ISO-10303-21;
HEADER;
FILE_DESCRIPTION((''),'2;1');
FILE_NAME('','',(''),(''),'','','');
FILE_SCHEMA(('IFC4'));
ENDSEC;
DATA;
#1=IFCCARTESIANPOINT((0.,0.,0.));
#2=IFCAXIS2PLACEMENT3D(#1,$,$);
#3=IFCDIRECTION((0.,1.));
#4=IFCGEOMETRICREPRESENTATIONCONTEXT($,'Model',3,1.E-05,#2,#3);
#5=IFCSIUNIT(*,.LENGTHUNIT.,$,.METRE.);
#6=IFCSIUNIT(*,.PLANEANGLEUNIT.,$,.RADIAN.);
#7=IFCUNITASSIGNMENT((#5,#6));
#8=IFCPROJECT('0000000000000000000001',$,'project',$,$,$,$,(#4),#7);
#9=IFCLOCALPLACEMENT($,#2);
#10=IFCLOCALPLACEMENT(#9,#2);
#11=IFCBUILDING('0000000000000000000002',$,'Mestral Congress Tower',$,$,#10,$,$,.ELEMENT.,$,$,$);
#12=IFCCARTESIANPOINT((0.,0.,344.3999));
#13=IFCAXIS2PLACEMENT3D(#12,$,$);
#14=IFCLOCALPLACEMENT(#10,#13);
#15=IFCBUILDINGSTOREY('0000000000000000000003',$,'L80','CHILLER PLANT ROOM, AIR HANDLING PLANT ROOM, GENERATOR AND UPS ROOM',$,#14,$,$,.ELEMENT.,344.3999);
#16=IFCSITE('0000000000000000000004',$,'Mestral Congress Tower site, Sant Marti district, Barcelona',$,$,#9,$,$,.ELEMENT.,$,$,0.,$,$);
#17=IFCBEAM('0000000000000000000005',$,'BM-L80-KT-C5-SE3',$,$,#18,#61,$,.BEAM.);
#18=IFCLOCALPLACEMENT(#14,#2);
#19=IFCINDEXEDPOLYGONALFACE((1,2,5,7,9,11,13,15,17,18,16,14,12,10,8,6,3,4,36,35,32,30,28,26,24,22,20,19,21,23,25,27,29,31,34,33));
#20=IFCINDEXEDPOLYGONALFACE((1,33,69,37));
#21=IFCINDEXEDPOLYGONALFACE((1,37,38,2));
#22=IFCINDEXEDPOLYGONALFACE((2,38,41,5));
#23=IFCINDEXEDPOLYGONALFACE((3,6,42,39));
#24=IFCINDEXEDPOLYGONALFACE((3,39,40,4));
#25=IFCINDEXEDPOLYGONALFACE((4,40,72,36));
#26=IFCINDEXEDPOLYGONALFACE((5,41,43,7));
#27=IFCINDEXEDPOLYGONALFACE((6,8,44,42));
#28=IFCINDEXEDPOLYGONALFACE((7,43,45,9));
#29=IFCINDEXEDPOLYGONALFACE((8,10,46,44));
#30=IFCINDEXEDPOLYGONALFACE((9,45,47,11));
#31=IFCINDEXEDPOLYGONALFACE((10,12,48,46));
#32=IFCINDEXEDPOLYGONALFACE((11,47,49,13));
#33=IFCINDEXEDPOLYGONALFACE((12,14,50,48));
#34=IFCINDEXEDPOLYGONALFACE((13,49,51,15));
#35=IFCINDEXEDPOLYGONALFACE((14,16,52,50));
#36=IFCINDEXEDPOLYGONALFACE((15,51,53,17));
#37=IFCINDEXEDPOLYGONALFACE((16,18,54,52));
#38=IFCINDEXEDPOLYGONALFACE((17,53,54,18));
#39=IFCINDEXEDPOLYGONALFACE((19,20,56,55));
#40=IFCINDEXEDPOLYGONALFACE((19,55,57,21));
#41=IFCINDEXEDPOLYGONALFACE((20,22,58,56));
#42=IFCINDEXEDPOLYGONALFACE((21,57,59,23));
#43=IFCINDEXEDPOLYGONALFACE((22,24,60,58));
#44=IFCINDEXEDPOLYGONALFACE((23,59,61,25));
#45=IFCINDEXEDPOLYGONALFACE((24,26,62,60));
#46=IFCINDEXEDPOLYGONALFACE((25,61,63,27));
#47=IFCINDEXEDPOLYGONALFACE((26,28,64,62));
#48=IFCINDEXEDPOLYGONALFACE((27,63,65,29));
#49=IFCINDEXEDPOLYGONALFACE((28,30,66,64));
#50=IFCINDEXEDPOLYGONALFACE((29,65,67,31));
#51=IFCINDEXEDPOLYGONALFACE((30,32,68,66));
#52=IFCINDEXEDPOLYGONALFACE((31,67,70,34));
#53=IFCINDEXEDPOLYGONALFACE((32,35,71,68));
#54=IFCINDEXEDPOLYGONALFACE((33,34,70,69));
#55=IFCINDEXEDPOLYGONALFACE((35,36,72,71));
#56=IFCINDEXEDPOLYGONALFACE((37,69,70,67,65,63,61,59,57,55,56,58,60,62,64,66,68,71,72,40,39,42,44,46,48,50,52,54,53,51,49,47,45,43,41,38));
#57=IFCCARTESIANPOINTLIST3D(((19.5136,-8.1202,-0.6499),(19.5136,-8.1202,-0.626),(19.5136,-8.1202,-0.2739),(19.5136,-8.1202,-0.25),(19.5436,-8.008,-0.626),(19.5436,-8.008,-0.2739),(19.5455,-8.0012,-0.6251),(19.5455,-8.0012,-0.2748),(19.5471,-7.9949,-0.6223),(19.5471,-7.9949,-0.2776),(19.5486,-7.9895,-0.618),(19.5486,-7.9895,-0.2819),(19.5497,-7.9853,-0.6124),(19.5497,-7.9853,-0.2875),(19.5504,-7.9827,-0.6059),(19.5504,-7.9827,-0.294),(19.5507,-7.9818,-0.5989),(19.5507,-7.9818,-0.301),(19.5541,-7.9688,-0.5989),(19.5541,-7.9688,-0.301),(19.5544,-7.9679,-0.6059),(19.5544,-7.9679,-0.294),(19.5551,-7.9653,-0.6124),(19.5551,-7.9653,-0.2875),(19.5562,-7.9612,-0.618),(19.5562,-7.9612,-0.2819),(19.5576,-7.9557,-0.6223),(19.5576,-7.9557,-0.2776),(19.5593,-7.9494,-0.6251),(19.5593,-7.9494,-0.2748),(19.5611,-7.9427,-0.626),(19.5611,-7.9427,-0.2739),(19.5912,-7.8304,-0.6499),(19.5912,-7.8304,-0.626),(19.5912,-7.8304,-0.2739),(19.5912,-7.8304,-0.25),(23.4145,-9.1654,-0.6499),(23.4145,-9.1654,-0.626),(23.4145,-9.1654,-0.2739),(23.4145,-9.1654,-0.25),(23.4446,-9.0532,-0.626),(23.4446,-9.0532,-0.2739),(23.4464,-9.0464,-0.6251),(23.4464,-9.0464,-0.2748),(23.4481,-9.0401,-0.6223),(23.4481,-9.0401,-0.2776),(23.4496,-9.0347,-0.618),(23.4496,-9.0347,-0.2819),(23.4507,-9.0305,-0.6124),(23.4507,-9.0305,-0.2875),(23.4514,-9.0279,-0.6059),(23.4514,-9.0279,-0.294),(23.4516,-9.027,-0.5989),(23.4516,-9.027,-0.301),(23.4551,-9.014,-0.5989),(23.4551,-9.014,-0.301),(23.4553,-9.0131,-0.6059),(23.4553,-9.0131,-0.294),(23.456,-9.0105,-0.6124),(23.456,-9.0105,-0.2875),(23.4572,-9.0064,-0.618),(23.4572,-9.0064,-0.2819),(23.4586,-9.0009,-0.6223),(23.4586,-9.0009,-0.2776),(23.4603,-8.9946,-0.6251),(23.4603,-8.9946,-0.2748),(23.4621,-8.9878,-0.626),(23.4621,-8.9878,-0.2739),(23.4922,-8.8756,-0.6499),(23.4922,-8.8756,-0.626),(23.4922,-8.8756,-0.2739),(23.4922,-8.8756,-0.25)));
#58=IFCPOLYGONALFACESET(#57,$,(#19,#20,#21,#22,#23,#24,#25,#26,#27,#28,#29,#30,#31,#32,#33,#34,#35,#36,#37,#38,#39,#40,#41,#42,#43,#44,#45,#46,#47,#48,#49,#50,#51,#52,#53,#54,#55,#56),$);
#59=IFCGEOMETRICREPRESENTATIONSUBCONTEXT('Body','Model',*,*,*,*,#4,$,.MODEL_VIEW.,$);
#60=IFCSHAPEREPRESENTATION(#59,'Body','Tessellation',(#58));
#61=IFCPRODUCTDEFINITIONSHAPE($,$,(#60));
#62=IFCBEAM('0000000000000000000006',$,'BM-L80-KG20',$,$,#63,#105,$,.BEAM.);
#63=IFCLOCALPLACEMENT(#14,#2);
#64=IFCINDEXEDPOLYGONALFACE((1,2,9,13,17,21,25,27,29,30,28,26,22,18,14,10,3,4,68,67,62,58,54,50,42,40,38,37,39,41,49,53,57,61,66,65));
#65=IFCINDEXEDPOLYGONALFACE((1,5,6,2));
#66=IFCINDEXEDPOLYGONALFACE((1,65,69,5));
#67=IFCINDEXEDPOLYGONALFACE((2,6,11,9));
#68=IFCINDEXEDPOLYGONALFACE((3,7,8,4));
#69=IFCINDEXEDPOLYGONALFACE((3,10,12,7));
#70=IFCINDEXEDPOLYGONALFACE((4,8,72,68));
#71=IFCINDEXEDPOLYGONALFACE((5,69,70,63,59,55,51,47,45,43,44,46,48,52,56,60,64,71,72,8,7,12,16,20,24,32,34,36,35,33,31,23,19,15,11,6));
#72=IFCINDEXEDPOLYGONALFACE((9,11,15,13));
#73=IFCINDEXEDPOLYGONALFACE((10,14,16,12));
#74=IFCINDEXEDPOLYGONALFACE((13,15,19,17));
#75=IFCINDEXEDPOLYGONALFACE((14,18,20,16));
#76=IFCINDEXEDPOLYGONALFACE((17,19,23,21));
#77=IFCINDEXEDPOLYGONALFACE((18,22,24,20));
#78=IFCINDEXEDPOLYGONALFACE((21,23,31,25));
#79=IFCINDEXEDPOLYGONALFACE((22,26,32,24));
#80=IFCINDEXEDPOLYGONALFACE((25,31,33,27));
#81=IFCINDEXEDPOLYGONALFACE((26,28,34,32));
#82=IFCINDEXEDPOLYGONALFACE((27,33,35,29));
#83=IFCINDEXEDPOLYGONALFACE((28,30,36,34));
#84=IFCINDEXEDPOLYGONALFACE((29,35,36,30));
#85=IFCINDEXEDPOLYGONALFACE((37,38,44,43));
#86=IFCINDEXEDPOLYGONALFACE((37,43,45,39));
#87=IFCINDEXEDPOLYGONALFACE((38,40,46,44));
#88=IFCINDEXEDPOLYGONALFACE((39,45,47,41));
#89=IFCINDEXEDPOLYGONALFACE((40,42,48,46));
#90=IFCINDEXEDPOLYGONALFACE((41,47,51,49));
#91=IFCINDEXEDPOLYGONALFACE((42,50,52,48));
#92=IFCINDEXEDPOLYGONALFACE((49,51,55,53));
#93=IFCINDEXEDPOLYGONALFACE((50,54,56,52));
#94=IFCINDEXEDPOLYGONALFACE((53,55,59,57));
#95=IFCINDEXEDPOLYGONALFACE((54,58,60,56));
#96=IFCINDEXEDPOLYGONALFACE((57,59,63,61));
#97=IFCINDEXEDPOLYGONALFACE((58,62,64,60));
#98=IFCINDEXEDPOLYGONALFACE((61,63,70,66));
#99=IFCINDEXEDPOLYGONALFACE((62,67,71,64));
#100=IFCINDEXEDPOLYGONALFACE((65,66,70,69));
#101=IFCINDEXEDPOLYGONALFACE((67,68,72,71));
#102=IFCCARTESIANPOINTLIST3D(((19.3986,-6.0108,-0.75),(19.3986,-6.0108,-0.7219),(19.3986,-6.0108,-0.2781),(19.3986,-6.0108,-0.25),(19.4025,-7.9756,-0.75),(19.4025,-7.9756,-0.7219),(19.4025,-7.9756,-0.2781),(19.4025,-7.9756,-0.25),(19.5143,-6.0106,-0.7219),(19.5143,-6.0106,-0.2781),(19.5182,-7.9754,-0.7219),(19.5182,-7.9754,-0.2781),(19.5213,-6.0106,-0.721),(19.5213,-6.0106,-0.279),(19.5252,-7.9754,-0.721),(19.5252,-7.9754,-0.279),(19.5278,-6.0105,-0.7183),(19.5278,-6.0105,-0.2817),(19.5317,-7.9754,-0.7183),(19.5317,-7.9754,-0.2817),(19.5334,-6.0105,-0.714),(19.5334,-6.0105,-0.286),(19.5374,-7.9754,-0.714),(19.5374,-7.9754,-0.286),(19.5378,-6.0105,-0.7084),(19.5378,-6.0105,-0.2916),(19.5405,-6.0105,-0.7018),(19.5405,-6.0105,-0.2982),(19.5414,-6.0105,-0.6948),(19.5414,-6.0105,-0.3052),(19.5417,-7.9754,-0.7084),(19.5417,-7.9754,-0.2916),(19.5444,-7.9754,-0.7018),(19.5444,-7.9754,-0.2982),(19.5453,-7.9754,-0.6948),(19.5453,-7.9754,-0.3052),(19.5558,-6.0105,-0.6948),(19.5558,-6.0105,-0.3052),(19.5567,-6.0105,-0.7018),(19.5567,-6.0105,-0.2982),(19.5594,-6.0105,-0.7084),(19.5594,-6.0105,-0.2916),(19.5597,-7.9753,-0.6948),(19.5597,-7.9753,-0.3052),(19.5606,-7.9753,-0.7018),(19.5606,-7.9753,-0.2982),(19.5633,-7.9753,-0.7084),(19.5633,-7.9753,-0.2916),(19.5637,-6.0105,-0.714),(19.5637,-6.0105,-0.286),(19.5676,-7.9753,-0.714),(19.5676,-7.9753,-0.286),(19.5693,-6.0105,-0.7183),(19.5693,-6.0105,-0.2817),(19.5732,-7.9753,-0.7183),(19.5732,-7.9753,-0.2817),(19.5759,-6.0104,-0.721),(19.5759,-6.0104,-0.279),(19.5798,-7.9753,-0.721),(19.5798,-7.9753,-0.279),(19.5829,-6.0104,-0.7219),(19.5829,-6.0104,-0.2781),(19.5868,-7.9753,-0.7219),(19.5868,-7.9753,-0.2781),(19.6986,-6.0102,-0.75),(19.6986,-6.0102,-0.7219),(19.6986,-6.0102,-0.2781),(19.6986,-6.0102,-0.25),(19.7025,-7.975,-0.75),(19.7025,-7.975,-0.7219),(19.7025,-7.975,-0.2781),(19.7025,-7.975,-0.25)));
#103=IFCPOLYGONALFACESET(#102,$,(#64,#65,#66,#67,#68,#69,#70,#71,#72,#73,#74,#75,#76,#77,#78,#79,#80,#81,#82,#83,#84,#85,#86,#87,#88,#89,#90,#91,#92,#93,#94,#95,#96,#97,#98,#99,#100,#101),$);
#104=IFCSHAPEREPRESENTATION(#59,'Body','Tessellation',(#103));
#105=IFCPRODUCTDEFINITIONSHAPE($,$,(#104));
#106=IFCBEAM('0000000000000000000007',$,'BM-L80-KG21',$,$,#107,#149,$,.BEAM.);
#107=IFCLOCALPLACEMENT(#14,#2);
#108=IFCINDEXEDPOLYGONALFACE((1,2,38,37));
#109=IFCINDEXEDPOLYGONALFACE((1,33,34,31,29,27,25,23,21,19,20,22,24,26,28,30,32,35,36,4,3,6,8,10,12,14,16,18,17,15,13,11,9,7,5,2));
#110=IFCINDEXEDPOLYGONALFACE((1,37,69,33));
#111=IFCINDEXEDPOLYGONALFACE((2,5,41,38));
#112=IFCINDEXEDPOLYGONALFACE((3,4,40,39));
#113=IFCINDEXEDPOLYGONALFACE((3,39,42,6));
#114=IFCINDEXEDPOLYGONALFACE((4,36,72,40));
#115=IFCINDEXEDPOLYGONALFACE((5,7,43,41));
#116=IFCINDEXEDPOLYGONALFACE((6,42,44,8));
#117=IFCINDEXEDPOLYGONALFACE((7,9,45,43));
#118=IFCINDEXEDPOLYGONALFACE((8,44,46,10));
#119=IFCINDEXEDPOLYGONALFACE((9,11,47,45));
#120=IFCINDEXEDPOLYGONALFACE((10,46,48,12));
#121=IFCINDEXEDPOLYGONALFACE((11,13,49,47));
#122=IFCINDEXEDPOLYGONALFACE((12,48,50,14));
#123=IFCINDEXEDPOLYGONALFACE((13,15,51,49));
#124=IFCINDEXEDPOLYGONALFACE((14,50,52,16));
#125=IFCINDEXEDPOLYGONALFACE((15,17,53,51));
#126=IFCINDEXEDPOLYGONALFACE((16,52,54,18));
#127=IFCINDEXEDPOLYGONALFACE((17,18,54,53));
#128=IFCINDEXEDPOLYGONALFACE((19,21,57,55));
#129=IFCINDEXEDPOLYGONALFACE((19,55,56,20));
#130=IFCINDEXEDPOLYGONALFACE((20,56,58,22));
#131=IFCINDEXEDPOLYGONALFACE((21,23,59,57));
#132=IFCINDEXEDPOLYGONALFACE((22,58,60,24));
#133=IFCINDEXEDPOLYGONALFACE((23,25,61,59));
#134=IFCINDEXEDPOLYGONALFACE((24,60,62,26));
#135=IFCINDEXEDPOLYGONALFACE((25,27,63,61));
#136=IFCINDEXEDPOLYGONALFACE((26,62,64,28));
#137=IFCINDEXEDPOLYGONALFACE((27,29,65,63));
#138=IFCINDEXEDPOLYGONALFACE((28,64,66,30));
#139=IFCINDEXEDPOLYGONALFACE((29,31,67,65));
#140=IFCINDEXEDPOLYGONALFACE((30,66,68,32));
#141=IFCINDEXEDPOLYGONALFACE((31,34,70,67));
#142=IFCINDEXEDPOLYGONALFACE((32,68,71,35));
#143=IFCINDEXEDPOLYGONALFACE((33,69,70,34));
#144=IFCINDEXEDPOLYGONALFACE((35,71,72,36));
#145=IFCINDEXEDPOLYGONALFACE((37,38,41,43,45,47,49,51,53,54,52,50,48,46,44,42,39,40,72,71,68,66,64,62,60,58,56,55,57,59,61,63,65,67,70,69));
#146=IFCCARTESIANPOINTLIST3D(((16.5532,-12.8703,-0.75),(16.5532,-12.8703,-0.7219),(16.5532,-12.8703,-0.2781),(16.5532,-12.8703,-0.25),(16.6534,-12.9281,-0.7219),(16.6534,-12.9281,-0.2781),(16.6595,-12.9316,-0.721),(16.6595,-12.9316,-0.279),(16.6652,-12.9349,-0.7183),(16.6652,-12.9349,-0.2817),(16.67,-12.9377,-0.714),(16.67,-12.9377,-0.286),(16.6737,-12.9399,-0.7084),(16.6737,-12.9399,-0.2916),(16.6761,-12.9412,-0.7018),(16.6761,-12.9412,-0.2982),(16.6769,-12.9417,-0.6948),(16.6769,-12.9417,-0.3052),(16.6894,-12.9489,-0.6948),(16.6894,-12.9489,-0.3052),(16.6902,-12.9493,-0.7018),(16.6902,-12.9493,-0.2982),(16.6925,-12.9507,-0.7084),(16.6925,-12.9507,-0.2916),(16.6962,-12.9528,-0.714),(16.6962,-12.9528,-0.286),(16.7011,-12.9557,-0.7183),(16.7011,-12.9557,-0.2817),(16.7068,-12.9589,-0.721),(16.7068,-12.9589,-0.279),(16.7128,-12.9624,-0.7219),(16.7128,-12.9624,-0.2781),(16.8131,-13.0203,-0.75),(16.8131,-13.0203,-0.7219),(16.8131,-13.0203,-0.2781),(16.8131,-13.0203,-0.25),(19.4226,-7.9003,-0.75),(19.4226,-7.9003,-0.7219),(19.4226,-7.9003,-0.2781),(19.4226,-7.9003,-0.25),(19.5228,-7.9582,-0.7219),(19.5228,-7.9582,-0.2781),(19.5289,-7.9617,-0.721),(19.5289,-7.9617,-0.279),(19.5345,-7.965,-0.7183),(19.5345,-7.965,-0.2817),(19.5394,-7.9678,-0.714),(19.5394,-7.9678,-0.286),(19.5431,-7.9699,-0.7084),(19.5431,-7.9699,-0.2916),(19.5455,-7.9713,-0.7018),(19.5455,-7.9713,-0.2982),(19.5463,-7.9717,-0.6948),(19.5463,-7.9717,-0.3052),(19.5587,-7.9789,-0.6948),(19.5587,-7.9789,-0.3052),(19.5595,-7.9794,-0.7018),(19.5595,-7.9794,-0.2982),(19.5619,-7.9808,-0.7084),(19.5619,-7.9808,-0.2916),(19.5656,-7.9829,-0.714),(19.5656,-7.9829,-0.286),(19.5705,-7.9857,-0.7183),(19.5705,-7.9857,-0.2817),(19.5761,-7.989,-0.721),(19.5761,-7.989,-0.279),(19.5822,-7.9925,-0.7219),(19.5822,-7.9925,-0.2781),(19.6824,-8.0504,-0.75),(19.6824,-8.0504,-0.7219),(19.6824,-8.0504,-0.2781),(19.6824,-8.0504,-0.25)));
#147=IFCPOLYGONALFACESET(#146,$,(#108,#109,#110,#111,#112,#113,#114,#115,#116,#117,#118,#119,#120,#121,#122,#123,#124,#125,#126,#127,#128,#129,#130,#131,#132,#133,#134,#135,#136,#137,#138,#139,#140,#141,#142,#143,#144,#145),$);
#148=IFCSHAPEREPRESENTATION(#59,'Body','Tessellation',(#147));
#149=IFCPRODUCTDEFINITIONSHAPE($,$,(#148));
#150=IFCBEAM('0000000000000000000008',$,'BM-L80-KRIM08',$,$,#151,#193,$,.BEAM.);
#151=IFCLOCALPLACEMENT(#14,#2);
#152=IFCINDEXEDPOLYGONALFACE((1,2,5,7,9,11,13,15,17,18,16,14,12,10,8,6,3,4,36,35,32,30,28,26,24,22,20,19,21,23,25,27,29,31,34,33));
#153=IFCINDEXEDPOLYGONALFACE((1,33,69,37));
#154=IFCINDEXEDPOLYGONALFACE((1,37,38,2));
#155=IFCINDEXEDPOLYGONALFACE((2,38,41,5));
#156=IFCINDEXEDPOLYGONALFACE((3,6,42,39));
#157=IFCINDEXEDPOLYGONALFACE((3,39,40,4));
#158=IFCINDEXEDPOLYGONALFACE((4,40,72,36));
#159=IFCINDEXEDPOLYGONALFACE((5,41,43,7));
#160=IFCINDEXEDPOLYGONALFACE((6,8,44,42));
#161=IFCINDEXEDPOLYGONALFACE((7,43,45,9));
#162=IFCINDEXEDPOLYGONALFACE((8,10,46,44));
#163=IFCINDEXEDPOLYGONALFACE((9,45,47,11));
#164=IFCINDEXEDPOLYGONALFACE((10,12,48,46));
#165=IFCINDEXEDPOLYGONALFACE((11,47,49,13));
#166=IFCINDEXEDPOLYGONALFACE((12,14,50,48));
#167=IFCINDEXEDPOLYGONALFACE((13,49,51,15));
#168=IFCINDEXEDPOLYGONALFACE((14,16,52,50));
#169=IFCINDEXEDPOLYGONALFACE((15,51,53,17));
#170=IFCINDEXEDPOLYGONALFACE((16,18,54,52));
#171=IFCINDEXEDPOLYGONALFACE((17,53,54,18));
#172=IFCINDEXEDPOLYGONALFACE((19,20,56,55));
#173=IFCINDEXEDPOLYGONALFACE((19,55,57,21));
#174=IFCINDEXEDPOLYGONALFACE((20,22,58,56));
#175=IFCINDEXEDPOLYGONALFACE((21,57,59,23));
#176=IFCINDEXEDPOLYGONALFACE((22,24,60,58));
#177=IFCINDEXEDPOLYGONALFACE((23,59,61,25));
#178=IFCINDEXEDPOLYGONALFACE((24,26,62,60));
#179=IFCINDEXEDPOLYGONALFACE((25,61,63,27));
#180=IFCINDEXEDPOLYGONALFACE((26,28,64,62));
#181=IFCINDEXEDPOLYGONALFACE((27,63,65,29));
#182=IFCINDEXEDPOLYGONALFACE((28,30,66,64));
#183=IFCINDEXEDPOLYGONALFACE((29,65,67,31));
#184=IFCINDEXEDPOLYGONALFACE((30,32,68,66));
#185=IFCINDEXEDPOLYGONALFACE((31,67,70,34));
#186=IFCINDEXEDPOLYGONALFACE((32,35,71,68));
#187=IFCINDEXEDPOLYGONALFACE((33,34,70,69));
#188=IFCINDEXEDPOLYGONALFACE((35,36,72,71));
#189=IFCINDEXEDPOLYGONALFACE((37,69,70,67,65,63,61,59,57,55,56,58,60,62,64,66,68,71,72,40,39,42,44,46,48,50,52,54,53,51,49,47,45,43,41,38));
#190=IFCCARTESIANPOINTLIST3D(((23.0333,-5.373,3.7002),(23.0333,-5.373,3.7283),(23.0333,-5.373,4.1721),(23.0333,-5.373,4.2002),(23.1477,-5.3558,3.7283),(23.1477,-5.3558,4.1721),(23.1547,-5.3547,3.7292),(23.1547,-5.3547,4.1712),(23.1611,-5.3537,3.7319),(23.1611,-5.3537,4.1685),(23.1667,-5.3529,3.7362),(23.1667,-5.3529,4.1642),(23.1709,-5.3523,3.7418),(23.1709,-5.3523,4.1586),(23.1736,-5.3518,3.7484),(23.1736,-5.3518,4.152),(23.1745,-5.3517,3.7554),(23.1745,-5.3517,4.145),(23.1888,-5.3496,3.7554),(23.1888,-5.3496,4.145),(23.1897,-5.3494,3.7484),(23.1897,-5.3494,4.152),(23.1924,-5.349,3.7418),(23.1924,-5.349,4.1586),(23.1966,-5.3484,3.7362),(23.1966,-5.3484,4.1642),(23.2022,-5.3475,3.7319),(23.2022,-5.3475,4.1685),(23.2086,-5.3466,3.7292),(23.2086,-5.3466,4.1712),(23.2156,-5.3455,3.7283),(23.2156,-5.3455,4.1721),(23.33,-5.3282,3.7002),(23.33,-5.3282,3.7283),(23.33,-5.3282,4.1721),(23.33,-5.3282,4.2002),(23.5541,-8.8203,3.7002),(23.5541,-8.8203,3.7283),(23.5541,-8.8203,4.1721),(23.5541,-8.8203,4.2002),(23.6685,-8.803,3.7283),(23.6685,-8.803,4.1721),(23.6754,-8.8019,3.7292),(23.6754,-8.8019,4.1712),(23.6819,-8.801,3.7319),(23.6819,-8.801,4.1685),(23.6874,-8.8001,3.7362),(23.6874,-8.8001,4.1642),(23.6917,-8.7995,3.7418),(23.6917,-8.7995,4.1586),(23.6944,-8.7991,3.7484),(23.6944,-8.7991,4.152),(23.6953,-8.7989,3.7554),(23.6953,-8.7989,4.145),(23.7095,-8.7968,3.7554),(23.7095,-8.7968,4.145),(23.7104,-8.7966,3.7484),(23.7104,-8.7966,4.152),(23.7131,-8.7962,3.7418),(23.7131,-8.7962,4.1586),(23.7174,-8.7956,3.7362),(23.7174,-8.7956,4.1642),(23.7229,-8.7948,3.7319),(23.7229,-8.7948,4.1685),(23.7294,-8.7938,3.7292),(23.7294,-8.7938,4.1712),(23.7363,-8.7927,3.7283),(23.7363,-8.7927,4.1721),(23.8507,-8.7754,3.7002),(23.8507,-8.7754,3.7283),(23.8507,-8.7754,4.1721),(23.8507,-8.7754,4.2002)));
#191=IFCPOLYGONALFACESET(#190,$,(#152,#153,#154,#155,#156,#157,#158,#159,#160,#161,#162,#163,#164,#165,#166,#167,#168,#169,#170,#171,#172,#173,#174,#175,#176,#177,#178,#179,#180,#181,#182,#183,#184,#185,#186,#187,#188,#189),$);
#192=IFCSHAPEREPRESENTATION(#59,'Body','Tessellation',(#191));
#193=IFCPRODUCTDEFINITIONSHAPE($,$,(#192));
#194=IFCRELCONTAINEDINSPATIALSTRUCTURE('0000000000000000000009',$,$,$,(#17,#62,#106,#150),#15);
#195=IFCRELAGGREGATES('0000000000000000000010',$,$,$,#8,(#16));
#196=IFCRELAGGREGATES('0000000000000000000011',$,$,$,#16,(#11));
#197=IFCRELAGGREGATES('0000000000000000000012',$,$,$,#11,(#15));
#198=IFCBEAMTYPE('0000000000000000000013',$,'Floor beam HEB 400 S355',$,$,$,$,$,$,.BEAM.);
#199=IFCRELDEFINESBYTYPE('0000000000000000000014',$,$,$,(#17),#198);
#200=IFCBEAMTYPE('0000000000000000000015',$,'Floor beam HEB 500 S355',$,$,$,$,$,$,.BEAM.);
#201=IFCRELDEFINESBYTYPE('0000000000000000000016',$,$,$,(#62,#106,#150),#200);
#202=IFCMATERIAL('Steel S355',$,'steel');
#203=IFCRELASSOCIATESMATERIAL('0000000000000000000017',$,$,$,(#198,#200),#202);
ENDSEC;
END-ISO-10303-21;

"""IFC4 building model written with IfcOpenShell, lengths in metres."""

from ifc_helpers import new_model, si_unit, direction, frame, origin, origin_2d, place, context, subcontext, project, spatial, i_section, extrude, material, material_profile, profile_set, type_object, element, save


model = new_model("IFC4")

# Units and contexts
model_context = context("Model", 3, precision=1e-05, world=origin(), true_north=direction((0.0, 1.0)))
body_context = subcontext(model_context, "Body", "Model", "MODEL_VIEW")
ifc_project = project(units=[si_unit("LENGTHUNIT", "METRE"), si_unit("PLANEANGLEUNIT", "RADIAN")], contexts=[model_context])

# Site, building, storey
site_placement = place(None, origin())
site = spatial("IfcSite", under=ifc_project, at=site_placement, Name="Mestral Congress Tower site, Sant Marti district, Barcelona", CompositionType="ELEMENT", RefElevation=0.0)
building_placement = place(site_placement, origin())
building = spatial("IfcBuilding", under=site, at=building_placement, Name="Mestral Congress Tower", CompositionType="ELEMENT")
storey_placement = place(building_placement, frame((0.0, 0.0, 344.3999)))
storey = spatial("IfcBuildingStorey", under=building, at=storey_placement, Name="L80", Description="CHILLER PLANT ROOM, AIR HANDLING PLANT ROOM, GENERATOR AND UPS ROOM", CompositionType="ELEMENT", Elevation=344.3999)

# Shared definitions
ifc_material_1 = material(Name="Steel S355", Category="steel")

# Beams
ifc_material_profile_1 = material_profile(ifc_material_1, i_section(OverallWidth=0.3, OverallDepth=0.3999, WebThickness=0.0134, FlangeThickness=0.0239, FilletRadius=0.0271, at=origin_2d()), Name="HEB 400")
ifc_profile_set_1 = profile_set([ifc_material_profile_1], Name="Steel S355")
beam_type_1 = type_object("IfcBeamType", Name="Floor beam HEB 400 S355", PredefinedType="BEAM", material=ifc_profile_set_1)
beam_1_placement = place(storey_placement, frame((23.4534, -9.0205, -0.45), z_axis=(-0.96593, 0.258803, 0.0), x_axis=(-0.258803, -0.96593, 0.0)))
element("IfcBeam", 1, at=beam_1_placement, inside=storey, type_object=beam_type_1, Name="BM-L80-KT-C5-SE3", PredefinedType="BEAM", context=body_context, shape_type="SweptSolid", body=[
    extrude(i_section(OverallWidth=0.3, OverallDepth=0.3999, WebThickness=0.0134, FlangeThickness=0.0239, FilletRadius=0.0271, at=origin_2d()), origin(), (0.0, 0.0, 1.0), 4.0386),
])
ifc_material_profile_2 = material_profile(ifc_material_1, i_section(OverallWidth=0.3, OverallDepth=0.5, WebThickness=0.0144, FlangeThickness=0.0281, FilletRadius=0.0271, at=origin_2d()), Name="HEB 500")
ifc_profile_set_2 = profile_set([ifc_material_profile_2], Name="Steel S355")
beam_type_2 = type_object("IfcBeamType", Name="Floor beam HEB 500 S355", PredefinedType="BEAM", material=ifc_profile_set_2)
beam_2_placement = place(storey_placement, frame((19.5486, -6.0105, -0.5), z_axis=(0.001988, -0.999998, 0.0), x_axis=(0.999998, 0.001988, 0.0)))
element("IfcBeam", 2, at=beam_2_placement, inside=storey, type_object=beam_type_2, Name="BM-L80-KG20", PredefinedType="BEAM", context=body_context, shape_type="SweptSolid", body=[
    extrude(i_section(OverallWidth=0.3, OverallDepth=0.5, WebThickness=0.0144, FlangeThickness=0.0281, FilletRadius=0.0271, at=origin_2d()), origin(), (0.0, 0.0, 1.0), 1.9648),
])
beam_3_placement = place(storey_placement, frame((19.5525, -7.9753, -0.5), z_axis=(-0.499996, -0.866028, 0.0), x_axis=(0.866028, -0.499996, 0.0)))
element("IfcBeam", 3, at=beam_3_placement, inside=storey, type_object=beam_type_2, Name="BM-L80-KG21", PredefinedType="BEAM", context=body_context, shape_type="SweptSolid", body=[
    extrude(i_section(OverallWidth=0.3, OverallDepth=0.5, WebThickness=0.0144, FlangeThickness=0.0281, FilletRadius=0.0271, at=origin_2d()), origin(), (0.0, 0.0, 1.0), 5.7388),
])
beam_4_placement = place(storey_placement, frame((23.7024, -8.7979, 3.9502), z_axis=(-0.149368, 0.988782, 0.0), x_axis=(-0.988782, -0.149368, 0.0)))
element("IfcBeam", 4, at=beam_4_placement, inside=storey, type_object=beam_type_2, Name="BM-L80-KRIM08", PredefinedType="BEAM", context=body_context, shape_type="SweptSolid", body=[
    extrude(i_section(OverallWidth=0.3, OverallDepth=0.5, WebThickness=0.0144, FlangeThickness=0.0281, FilletRadius=0.0271, at=origin_2d()), origin(), (0.0, 0.0, 1.0), 3.4863),
])

save(model, "model.ifc")
